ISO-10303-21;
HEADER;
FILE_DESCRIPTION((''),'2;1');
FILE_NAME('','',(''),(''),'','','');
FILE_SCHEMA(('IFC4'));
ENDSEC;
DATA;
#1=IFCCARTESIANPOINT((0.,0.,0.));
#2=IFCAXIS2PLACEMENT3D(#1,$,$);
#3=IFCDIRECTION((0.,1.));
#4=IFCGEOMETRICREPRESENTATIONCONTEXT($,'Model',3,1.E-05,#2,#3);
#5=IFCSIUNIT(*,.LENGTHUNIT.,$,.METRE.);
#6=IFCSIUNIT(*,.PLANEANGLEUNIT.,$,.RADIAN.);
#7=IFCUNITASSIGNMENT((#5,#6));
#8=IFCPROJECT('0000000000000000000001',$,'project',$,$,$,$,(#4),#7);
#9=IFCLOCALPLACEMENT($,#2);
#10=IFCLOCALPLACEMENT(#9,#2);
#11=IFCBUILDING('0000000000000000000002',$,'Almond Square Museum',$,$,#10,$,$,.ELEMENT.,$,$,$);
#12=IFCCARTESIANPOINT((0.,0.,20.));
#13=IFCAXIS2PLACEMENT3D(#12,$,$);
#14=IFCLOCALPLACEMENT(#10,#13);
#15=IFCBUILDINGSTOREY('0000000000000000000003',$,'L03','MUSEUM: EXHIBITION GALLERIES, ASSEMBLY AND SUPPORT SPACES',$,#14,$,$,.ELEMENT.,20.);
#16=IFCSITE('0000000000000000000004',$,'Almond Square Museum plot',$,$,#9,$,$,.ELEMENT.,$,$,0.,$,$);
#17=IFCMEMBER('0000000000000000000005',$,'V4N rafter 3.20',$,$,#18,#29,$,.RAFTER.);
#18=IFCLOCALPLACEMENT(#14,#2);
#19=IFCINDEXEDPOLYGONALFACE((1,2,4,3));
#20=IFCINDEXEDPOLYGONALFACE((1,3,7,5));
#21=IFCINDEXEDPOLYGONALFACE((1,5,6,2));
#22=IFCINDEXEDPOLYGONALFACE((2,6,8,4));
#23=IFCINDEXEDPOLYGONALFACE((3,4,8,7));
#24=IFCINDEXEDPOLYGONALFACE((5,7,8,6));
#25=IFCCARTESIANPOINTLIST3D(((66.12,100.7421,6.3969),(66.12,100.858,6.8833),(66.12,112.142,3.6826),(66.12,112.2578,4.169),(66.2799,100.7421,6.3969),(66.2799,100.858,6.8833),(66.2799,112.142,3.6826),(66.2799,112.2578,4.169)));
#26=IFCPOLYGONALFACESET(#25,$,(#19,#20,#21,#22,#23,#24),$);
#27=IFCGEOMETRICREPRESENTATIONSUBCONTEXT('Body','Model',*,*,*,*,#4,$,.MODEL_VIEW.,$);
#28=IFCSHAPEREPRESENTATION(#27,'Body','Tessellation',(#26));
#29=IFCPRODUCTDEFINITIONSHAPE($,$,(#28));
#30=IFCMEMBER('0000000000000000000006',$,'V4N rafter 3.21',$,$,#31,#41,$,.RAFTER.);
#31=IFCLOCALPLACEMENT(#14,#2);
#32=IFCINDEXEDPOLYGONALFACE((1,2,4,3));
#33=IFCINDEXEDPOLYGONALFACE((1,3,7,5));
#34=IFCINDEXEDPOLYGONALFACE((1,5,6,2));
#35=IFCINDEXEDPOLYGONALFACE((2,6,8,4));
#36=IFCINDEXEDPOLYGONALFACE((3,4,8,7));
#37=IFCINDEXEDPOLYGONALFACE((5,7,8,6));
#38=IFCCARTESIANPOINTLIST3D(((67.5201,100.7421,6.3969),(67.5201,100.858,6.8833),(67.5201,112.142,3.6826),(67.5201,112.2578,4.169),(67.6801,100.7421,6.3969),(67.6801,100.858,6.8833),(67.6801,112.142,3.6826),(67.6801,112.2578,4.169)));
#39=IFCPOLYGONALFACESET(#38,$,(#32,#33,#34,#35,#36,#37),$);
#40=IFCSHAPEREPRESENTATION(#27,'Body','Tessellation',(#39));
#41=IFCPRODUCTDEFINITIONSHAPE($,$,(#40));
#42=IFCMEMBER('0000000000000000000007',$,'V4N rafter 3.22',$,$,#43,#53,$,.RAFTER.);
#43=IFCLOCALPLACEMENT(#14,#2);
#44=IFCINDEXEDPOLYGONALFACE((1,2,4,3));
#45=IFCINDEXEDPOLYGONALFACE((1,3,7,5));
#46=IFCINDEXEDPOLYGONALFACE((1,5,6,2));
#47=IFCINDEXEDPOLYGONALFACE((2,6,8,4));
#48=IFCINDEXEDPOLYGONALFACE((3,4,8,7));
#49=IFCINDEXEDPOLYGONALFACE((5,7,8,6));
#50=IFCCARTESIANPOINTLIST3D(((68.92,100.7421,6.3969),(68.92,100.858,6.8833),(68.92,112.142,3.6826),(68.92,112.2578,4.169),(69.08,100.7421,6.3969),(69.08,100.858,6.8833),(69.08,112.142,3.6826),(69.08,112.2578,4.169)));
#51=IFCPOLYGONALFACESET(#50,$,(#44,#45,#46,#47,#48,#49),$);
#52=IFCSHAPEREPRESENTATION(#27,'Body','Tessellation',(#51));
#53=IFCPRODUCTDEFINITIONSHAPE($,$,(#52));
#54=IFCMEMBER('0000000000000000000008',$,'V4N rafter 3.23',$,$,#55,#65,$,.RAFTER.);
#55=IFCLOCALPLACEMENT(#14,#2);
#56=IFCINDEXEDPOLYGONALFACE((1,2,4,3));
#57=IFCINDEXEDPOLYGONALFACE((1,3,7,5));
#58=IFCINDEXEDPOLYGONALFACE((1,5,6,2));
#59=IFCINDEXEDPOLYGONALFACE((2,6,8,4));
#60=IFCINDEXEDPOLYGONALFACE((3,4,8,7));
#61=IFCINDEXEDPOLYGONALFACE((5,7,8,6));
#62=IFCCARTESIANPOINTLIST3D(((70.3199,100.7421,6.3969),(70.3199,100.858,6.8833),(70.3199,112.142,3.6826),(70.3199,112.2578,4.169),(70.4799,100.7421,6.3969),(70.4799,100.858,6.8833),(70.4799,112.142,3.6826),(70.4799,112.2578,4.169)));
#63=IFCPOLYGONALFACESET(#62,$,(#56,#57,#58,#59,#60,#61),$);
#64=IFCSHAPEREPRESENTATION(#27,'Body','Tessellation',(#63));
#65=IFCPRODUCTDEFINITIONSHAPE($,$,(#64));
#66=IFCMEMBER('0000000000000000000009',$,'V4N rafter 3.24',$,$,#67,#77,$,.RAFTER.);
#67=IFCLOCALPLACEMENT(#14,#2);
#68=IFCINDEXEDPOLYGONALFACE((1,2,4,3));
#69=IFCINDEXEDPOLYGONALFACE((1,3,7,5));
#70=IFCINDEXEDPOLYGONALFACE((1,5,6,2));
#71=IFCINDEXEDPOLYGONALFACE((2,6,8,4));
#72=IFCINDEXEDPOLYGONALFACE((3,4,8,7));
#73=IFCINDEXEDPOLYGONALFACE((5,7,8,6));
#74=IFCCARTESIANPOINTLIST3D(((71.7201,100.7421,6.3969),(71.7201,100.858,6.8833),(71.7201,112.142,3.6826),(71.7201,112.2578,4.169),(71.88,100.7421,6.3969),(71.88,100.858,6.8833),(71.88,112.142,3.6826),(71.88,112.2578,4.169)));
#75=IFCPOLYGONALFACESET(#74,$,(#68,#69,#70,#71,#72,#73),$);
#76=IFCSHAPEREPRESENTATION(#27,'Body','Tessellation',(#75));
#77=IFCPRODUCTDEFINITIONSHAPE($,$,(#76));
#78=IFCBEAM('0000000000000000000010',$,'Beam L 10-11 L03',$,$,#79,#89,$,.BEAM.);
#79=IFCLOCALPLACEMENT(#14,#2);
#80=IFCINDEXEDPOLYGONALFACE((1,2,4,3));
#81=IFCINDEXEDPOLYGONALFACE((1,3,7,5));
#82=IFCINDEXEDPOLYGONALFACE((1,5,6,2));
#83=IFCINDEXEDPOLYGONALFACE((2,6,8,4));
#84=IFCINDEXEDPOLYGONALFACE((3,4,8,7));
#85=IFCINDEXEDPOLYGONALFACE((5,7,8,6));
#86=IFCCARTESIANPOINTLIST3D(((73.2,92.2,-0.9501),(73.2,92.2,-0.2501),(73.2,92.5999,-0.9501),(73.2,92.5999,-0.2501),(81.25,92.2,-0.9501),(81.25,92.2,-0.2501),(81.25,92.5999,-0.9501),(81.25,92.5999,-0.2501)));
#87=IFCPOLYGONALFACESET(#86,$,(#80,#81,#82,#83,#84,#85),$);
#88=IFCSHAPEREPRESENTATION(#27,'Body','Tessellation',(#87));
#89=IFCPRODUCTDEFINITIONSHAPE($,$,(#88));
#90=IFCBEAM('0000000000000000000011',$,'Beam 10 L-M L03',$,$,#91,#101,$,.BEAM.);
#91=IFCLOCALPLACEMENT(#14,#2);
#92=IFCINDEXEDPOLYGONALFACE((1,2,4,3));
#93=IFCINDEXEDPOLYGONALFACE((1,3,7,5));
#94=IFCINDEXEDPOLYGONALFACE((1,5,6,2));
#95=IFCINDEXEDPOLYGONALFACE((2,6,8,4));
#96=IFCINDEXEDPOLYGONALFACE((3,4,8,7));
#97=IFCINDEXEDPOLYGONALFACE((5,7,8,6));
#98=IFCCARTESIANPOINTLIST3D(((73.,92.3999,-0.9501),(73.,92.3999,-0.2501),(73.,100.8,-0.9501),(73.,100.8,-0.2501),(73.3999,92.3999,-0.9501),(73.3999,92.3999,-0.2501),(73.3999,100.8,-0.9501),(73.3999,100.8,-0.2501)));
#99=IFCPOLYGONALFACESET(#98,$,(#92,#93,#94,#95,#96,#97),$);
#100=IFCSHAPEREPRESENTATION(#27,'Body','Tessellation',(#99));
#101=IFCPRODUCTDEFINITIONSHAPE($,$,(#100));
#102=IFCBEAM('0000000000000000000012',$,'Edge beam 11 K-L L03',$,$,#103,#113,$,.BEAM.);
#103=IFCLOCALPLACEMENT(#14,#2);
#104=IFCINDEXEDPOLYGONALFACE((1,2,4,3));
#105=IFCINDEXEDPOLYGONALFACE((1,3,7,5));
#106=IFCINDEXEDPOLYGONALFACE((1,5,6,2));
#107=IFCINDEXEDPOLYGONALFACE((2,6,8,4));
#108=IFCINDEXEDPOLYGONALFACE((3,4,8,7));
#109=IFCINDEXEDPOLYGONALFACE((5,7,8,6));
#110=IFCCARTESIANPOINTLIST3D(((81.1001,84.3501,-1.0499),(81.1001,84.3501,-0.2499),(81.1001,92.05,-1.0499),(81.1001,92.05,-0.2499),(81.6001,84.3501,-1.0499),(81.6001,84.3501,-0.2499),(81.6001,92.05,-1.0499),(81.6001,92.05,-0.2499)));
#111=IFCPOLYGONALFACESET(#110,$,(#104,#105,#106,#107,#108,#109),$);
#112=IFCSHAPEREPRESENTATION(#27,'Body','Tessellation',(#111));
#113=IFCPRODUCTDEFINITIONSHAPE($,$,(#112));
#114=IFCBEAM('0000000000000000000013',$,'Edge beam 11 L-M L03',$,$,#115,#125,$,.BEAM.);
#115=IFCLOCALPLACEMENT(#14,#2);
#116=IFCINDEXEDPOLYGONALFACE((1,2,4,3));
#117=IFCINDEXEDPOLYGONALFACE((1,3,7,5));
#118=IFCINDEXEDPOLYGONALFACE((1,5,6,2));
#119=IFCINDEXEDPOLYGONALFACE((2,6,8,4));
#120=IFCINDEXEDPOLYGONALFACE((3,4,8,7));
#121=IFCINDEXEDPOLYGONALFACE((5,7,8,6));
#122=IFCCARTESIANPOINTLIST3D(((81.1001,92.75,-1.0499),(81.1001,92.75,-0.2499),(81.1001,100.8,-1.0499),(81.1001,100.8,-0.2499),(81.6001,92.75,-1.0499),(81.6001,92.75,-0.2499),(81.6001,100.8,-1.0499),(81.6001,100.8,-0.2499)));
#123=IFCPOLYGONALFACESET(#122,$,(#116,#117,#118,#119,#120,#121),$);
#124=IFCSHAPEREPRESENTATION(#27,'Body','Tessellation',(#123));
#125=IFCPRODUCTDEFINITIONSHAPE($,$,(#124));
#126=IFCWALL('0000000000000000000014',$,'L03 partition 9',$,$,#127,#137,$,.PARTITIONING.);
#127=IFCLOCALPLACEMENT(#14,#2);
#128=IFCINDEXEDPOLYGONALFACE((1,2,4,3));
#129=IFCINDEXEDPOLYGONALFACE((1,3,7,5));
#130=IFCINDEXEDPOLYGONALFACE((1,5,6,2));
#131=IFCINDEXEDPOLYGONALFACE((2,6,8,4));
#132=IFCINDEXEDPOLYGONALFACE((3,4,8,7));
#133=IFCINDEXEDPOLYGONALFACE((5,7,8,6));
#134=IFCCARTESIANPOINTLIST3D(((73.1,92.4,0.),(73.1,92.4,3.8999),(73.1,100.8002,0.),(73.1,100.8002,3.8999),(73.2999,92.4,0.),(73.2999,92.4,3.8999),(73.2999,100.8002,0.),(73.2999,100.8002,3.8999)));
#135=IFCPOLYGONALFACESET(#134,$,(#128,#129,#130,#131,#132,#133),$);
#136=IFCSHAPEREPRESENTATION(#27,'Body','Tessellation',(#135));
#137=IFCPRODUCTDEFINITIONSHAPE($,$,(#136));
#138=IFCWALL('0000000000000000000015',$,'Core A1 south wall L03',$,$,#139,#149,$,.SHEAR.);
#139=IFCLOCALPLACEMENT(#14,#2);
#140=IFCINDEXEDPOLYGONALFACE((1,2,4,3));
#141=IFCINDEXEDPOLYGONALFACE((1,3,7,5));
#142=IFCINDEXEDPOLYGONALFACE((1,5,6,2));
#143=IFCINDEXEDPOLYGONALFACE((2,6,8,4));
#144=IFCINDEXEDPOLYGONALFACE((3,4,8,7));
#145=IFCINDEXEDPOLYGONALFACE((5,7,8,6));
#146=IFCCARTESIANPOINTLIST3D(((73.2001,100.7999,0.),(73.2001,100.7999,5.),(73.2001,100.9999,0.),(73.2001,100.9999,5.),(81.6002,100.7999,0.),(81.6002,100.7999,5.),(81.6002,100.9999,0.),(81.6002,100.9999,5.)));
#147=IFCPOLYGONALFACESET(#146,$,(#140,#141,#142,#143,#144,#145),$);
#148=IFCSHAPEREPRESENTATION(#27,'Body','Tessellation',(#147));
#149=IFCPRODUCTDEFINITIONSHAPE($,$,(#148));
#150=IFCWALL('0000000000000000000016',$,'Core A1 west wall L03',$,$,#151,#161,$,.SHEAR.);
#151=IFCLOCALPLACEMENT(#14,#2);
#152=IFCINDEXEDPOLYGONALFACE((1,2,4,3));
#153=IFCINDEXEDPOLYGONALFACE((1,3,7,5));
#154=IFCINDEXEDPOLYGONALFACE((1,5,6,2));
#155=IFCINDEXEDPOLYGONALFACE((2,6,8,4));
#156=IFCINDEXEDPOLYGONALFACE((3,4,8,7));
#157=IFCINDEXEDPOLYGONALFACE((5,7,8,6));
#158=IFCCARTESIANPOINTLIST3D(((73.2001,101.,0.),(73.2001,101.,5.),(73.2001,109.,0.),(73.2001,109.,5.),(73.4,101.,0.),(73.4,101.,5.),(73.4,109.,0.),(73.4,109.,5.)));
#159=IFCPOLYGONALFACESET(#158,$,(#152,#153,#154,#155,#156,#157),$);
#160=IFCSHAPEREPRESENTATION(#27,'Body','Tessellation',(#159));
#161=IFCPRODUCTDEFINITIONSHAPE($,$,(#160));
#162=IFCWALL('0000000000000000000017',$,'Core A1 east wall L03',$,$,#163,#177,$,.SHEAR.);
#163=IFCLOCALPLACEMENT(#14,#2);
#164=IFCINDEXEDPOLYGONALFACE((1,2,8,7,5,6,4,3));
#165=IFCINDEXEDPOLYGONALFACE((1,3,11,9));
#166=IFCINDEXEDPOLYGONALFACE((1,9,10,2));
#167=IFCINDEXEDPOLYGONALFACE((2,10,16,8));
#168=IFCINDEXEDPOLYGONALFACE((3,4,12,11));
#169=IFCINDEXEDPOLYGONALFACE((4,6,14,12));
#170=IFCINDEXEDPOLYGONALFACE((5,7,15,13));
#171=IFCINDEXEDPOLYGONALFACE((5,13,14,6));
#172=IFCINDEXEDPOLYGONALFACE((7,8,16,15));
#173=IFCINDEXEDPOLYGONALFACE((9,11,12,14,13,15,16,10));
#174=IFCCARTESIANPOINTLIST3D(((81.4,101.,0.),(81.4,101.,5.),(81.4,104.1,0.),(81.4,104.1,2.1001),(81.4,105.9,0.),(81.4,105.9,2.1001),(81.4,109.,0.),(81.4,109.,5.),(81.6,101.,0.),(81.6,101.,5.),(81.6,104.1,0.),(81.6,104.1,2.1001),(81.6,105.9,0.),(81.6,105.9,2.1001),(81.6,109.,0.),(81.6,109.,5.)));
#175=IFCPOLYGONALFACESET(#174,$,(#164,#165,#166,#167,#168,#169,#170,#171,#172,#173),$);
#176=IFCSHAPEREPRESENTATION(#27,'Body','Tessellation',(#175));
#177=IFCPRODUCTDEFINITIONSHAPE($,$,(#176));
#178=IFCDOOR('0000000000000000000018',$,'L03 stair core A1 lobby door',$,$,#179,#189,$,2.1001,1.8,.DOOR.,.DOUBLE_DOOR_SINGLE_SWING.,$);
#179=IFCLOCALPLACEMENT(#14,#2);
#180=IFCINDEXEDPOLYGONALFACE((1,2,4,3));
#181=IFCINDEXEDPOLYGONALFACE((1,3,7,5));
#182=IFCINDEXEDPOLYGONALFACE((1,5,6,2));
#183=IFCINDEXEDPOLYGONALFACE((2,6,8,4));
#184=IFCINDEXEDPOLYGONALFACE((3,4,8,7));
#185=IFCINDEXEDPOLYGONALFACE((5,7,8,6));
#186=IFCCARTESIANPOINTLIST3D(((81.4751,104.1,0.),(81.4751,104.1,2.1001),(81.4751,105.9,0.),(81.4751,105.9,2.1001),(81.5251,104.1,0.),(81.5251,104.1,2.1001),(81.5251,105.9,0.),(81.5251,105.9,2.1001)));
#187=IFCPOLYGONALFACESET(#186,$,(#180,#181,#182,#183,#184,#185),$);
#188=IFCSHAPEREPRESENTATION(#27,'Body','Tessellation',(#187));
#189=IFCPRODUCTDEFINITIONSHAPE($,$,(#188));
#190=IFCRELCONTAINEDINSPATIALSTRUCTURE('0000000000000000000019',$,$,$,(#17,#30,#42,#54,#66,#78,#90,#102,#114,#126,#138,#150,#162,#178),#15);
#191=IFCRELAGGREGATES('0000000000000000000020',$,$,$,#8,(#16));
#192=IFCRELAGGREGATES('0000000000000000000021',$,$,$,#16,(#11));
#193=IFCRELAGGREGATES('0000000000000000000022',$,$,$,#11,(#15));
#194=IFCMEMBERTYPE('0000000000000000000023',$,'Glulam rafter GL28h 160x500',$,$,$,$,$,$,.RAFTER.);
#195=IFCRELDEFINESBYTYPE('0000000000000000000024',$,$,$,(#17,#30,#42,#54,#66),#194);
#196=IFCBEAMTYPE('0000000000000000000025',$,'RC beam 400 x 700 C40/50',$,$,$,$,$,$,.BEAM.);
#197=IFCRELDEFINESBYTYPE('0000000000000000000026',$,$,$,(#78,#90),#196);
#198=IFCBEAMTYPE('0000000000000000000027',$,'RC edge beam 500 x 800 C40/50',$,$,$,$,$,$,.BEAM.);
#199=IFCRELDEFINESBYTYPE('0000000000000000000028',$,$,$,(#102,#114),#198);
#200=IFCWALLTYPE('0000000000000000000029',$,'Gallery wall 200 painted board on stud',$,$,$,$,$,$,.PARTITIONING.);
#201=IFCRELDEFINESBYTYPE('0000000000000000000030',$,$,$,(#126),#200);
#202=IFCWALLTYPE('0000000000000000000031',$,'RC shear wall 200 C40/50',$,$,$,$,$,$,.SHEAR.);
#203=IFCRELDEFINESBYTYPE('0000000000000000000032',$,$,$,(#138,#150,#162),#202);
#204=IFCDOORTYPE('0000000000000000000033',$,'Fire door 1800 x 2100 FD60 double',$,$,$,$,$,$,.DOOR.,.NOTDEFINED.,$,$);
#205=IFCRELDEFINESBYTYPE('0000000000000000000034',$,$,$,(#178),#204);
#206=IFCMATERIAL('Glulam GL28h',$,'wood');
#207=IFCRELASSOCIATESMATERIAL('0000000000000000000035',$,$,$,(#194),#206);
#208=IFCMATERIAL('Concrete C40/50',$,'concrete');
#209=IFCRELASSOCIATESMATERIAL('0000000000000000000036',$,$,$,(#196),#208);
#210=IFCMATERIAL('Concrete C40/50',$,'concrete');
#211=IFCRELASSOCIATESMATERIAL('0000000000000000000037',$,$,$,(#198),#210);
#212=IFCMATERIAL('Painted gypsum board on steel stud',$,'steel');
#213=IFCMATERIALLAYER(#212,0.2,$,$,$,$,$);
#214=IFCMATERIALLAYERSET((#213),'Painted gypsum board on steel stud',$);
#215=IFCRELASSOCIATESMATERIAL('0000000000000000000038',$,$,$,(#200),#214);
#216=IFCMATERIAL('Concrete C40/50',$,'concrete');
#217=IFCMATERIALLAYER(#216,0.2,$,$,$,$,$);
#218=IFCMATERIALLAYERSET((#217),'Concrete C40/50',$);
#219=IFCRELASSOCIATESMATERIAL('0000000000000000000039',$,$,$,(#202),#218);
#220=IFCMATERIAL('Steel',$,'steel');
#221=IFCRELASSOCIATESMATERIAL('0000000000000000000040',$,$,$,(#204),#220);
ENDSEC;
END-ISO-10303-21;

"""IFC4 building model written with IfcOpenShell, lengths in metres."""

from ifc_helpers import new_model, si_unit, direction, frame, frame_2d, origin, origin_2d, place, context, subcontext, project, spatial, rectangle, extrude, material, layer, layer_set, material_profile, profile_set, type_object, element, fill, save


model = new_model("IFC4")

# Units and contexts
model_context = context("Model", 3, precision=1e-05, world=origin(), true_north=direction((0.0, 1.0)))
body_context = subcontext(model_context, "Body", "Model", "MODEL_VIEW")
ifc_project = project(units=[si_unit("LENGTHUNIT", "METRE"), si_unit("PLANEANGLEUNIT", "RADIAN")], contexts=[model_context])

# Site, building, storey
site_placement = place(None, origin())
site = spatial("IfcSite", under=ifc_project, at=site_placement, Name="Almond Square Museum plot", CompositionType="ELEMENT", RefElevation=0.0)
building_placement = place(site_placement, origin())
building = spatial("IfcBuilding", under=site, at=building_placement, Name="Almond Square Museum", CompositionType="ELEMENT")
storey_placement = place(building_placement, frame((0.0, 0.0, 20.0)))
storey = spatial("IfcBuildingStorey", under=building, at=storey_placement, Name="L03", Description="MUSEUM: EXHIBITION GALLERIES, ASSEMBLY AND SUPPORT SPACES", CompositionType="ELEMENT", Elevation=20.0)

# Members
ifc_material_1 = material(Name="Glulam GL28h", Category="wood")
ifc_material_profile_1 = material_profile(ifc_material_1, rectangle(XDim=0.1599, YDim=0.5, at=origin_2d()))
ifc_profile_set_1 = profile_set([ifc_material_profile_1], Name="Glulam GL28h")
member_type = type_object("IfcMemberType", Name="Glulam rafter GL28h 160x500", PredefinedType="RAFTER", material=ifc_profile_set_1)
for number, where, z_axis, x_axis, name in (
    (1, (66.2, 100.8, 6.6401), (0.0, 0.972804, -0.231628), (-1.0, 0.0, 0.0), "V4N rafter 3.20"),
    (2, (67.6001, 100.8, 6.6401), (0.0, 0.972804, -0.231628), (-1.0, 0.0, 0.0), "V4N rafter 3.21"),
    (3, (69.0, 100.8, 6.6401), (0.0, 0.972804, -0.231628), (-1.0, 0.0, 0.0), "V4N rafter 3.22"),
    (4, (70.3999, 100.8, 6.6401), (0.0, 0.972804, -0.231628), (-1.0, 0.0, 0.0), "V4N rafter 3.23"),
    (5, (71.8, 100.8, 6.6401), (0.0, 0.972804, -0.231628), (-1.0, 0.0, 0.0), "V4N rafter 3.24"),
):
    element("IfcMember", number, at=place(storey_placement, frame(where, z_axis=z_axis, x_axis=x_axis)), inside=storey, type_object=member_type, Name=name, PredefinedType="RAFTER", context=body_context, shape_type="SweptSolid", body=[
        extrude(rectangle(XDim=0.1599, YDim=0.5, at=origin_2d()), origin(), (0.0, 0.0, 1.0), 11.7185),
    ])

# Beams
ifc_material_2 = material(Name="Concrete C40/50", Category="concrete")
ifc_material_profile_2 = material_profile(ifc_material_2, rectangle(XDim=0.3999, YDim=0.7, at=origin_2d()))
ifc_profile_set_2 = profile_set([ifc_material_profile_2], Name="Concrete C40/50")
beam_type_1 = type_object("IfcBeamType", Name="RC beam 400 x 700 C40/50", PredefinedType="BEAM", material=ifc_profile_set_2)
beam_1_placement = place(storey_placement, frame((73.2, 92.3999, -0.6001), z_axis=(1.0, 0.0, 0.0), x_axis=(0.0, 1.0, 0.0)))
element("IfcBeam", 6, at=beam_1_placement, inside=storey, type_object=beam_type_1, Name="Beam L 10-11 L03", PredefinedType="BEAM", context=body_context, shape_type="SweptSolid", body=[
    extrude(rectangle(XDim=0.3999, YDim=0.7, at=origin_2d()), origin(), (0.0, 0.0, 1.0), 8.05),
])
beam_2_placement = place(storey_placement, frame((73.2, 92.3999, -0.6001), z_axis=(0.0, 1.0, 0.0), x_axis=(-1.0, 0.0, 0.0)))
element("IfcBeam", 7, at=beam_2_placement, inside=storey, type_object=beam_type_1, Name="Beam 10 L-M L03", PredefinedType="BEAM", context=body_context, shape_type="SweptSolid", body=[
    extrude(rectangle(XDim=0.3999, YDim=0.7, at=origin_2d()), origin(), (0.0, 0.0, 1.0), 8.4001),
])
ifc_material_3 = material(Name="Concrete C40/50", Category="concrete")
ifc_material_profile_3 = material_profile(ifc_material_3, rectangle(XDim=0.5, YDim=0.8, at=origin_2d()))
ifc_profile_set_3 = profile_set([ifc_material_profile_3], Name="Concrete C40/50")
beam_type_2 = type_object("IfcBeamType", Name="RC edge beam 500 x 800 C40/50", PredefinedType="BEAM", material=ifc_profile_set_3)
beam_3_placement = place(storey_placement, frame((81.3501, 84.3501, -0.6499), z_axis=(0.0, 1.0, 0.0), x_axis=(-1.0, 0.0, 0.0)))
element("IfcBeam", 8, at=beam_3_placement, inside=storey, type_object=beam_type_2, Name="Edge beam 11 K-L L03", PredefinedType="BEAM", context=body_context, shape_type="SweptSolid", body=[
    extrude(rectangle(XDim=0.5, YDim=0.8, at=origin_2d()), origin(), (0.0, 0.0, 1.0), 7.7),
])
beam_4_placement = place(storey_placement, frame((81.3501, 92.75, -0.6499), z_axis=(0.0, 1.0, 0.0), x_axis=(-1.0, 0.0, 0.0)))
element("IfcBeam", 9, at=beam_4_placement, inside=storey, type_object=beam_type_2, Name="Edge beam 11 L-M L03", PredefinedType="BEAM", context=body_context, shape_type="SweptSolid", body=[
    extrude(rectangle(XDim=0.5, YDim=0.8, at=origin_2d()), origin(), (0.0, 0.0, 1.0), 8.05),
])

# Walls
ifc_material_4 = material(Name="Painted gypsum board on steel stud", Category="steel")
ifc_layer_1 = layer(ifc_material_4, 0.2)
ifc_layer_set_1 = layer_set([ifc_layer_1], Name="Painted gypsum board on steel stud")
wall_type_1 = type_object("IfcWallType", Name="Gallery wall 200 painted board on stud", PredefinedType="PARTITIONING", material=ifc_layer_set_1)
wall_1_placement = place(storey_placement, frame((73.2, 92.3999, 0.0), z_axis=(0.0, 0.0, 1.0), x_axis=(0.0, 1.0, 0.0)))
element("IfcWall", 10, at=wall_1_placement, inside=storey, type_object=wall_type_1, Name="L03 partition 9", PredefinedType="PARTITIONING", context=body_context, shape_type="SweptSolid", body=[
    extrude(rectangle(XDim=8.4001, YDim=0.2, at=frame_2d((4.2002, 0.0))), origin(), (0.0, 0.0, 1.0), 3.8999),
])
ifc_material_5 = material(Name="Concrete C40/50", Category="concrete")
ifc_layer_2 = layer(ifc_material_5, 0.2)
ifc_layer_set_2 = layer_set([ifc_layer_2], Name="Concrete C40/50")
wall_type_2 = type_object("IfcWallType", Name="RC shear wall 200 C40/50", PredefinedType="SHEAR", material=ifc_layer_set_2)
wall_2_placement = place(storey_placement, frame((73.2, 100.8999, 0.0), z_axis=(0.0, 0.0, 1.0), x_axis=(1.0, 0.0, 0.0)))
element("IfcWall", 11, at=wall_2_placement, inside=storey, type_object=wall_type_2, Name="Core A1 south wall L03", PredefinedType="SHEAR", context=body_context, shape_type="SweptSolid", body=[
    extrude(rectangle(XDim=8.4001, YDim=0.2, at=frame_2d((4.2002, 0.0))), origin(), (0.0, 0.0, 1.0), 5.0),
])
wall_3_placement = place(storey_placement, frame((73.3, 101.0, 0.0), z_axis=(0.0, 0.0, 1.0), x_axis=(0.0, 1.0, 0.0)))
element("IfcWall", 12, at=wall_3_placement, inside=storey, type_object=wall_type_2, Name="Core A1 west wall L03", PredefinedType="SHEAR", context=body_context, shape_type="SweptSolid", body=[
    extrude(rectangle(XDim=8.0, YDim=0.2, at=frame_2d((4.0, 0.0))), origin(), (0.0, 0.0, 1.0), 5.0),
])

# Wall, opening, door
wall_4_placement = place(storey_placement, frame((81.5, 101.0, 0.0), z_axis=(0.0, 0.0, 1.0), x_axis=(0.0, 1.0, 0.0)))
wall_4 = element("IfcWall", 13, at=wall_4_placement, inside=storey, type_object=wall_type_2, Name="Core A1 east wall L03", PredefinedType="SHEAR", context=body_context, shape_type="SweptSolid", body=[
    extrude(rectangle(XDim=8.0, YDim=0.2, at=frame_2d((4.0, 0.0))), origin(), (0.0, 0.0, 1.0), 5.0),
])
opening_1_placement = place(wall_4_placement, frame((3.1001, 0.0, 0.0)))
opening_1 = element("IfcOpeningElement", 14, at=opening_1_placement, cuts=wall_4, PredefinedType="OPENING", context=body_context, shape_type="SweptSolid", body=[
    extrude(rectangle(XDim=1.8, YDim=2.1001, at=frame_2d((0.8999, 1.05))), frame((0.0, 0.1099, 0.0), z_axis=(0.0, -1.0, 0.0), x_axis=(1.0, 0.0, 0.0)), (0.0, 0.0, 1.0), 0.22),
])
ifc_material_6 = material(Name="Steel", Category="steel")
door_type_1 = type_object("IfcDoorType", Name="Fire door 1800 x 2100 FD60 double", OperationType="NOTDEFINED", PredefinedType="DOOR", material=ifc_material_6)
door_1_placement = place(opening_1_placement, origin())
door_1 = element("IfcDoor", 15, at=door_1_placement, inside=storey, type_object=door_type_1, Name="L03 stair core A1 lobby door", OperationType="DOUBLE_DOOR_SINGLE_SWING", OverallHeight=2.1001, OverallWidth=1.8, PredefinedType="DOOR", context=body_context, shape_type="SweptSolid", body=[
    extrude(rectangle(XDim=1.8, YDim=2.1001, at=frame_2d((0.8999, 1.05))), frame((0.0, 0.0249, 0.0), z_axis=(0.0, -1.0, 0.0), x_axis=(1.0, 0.0, 0.0)), (0.0, 0.0, 1.0), 0.05),
])
fill(opening_1, door_1)

save(model, "model.ifc")
